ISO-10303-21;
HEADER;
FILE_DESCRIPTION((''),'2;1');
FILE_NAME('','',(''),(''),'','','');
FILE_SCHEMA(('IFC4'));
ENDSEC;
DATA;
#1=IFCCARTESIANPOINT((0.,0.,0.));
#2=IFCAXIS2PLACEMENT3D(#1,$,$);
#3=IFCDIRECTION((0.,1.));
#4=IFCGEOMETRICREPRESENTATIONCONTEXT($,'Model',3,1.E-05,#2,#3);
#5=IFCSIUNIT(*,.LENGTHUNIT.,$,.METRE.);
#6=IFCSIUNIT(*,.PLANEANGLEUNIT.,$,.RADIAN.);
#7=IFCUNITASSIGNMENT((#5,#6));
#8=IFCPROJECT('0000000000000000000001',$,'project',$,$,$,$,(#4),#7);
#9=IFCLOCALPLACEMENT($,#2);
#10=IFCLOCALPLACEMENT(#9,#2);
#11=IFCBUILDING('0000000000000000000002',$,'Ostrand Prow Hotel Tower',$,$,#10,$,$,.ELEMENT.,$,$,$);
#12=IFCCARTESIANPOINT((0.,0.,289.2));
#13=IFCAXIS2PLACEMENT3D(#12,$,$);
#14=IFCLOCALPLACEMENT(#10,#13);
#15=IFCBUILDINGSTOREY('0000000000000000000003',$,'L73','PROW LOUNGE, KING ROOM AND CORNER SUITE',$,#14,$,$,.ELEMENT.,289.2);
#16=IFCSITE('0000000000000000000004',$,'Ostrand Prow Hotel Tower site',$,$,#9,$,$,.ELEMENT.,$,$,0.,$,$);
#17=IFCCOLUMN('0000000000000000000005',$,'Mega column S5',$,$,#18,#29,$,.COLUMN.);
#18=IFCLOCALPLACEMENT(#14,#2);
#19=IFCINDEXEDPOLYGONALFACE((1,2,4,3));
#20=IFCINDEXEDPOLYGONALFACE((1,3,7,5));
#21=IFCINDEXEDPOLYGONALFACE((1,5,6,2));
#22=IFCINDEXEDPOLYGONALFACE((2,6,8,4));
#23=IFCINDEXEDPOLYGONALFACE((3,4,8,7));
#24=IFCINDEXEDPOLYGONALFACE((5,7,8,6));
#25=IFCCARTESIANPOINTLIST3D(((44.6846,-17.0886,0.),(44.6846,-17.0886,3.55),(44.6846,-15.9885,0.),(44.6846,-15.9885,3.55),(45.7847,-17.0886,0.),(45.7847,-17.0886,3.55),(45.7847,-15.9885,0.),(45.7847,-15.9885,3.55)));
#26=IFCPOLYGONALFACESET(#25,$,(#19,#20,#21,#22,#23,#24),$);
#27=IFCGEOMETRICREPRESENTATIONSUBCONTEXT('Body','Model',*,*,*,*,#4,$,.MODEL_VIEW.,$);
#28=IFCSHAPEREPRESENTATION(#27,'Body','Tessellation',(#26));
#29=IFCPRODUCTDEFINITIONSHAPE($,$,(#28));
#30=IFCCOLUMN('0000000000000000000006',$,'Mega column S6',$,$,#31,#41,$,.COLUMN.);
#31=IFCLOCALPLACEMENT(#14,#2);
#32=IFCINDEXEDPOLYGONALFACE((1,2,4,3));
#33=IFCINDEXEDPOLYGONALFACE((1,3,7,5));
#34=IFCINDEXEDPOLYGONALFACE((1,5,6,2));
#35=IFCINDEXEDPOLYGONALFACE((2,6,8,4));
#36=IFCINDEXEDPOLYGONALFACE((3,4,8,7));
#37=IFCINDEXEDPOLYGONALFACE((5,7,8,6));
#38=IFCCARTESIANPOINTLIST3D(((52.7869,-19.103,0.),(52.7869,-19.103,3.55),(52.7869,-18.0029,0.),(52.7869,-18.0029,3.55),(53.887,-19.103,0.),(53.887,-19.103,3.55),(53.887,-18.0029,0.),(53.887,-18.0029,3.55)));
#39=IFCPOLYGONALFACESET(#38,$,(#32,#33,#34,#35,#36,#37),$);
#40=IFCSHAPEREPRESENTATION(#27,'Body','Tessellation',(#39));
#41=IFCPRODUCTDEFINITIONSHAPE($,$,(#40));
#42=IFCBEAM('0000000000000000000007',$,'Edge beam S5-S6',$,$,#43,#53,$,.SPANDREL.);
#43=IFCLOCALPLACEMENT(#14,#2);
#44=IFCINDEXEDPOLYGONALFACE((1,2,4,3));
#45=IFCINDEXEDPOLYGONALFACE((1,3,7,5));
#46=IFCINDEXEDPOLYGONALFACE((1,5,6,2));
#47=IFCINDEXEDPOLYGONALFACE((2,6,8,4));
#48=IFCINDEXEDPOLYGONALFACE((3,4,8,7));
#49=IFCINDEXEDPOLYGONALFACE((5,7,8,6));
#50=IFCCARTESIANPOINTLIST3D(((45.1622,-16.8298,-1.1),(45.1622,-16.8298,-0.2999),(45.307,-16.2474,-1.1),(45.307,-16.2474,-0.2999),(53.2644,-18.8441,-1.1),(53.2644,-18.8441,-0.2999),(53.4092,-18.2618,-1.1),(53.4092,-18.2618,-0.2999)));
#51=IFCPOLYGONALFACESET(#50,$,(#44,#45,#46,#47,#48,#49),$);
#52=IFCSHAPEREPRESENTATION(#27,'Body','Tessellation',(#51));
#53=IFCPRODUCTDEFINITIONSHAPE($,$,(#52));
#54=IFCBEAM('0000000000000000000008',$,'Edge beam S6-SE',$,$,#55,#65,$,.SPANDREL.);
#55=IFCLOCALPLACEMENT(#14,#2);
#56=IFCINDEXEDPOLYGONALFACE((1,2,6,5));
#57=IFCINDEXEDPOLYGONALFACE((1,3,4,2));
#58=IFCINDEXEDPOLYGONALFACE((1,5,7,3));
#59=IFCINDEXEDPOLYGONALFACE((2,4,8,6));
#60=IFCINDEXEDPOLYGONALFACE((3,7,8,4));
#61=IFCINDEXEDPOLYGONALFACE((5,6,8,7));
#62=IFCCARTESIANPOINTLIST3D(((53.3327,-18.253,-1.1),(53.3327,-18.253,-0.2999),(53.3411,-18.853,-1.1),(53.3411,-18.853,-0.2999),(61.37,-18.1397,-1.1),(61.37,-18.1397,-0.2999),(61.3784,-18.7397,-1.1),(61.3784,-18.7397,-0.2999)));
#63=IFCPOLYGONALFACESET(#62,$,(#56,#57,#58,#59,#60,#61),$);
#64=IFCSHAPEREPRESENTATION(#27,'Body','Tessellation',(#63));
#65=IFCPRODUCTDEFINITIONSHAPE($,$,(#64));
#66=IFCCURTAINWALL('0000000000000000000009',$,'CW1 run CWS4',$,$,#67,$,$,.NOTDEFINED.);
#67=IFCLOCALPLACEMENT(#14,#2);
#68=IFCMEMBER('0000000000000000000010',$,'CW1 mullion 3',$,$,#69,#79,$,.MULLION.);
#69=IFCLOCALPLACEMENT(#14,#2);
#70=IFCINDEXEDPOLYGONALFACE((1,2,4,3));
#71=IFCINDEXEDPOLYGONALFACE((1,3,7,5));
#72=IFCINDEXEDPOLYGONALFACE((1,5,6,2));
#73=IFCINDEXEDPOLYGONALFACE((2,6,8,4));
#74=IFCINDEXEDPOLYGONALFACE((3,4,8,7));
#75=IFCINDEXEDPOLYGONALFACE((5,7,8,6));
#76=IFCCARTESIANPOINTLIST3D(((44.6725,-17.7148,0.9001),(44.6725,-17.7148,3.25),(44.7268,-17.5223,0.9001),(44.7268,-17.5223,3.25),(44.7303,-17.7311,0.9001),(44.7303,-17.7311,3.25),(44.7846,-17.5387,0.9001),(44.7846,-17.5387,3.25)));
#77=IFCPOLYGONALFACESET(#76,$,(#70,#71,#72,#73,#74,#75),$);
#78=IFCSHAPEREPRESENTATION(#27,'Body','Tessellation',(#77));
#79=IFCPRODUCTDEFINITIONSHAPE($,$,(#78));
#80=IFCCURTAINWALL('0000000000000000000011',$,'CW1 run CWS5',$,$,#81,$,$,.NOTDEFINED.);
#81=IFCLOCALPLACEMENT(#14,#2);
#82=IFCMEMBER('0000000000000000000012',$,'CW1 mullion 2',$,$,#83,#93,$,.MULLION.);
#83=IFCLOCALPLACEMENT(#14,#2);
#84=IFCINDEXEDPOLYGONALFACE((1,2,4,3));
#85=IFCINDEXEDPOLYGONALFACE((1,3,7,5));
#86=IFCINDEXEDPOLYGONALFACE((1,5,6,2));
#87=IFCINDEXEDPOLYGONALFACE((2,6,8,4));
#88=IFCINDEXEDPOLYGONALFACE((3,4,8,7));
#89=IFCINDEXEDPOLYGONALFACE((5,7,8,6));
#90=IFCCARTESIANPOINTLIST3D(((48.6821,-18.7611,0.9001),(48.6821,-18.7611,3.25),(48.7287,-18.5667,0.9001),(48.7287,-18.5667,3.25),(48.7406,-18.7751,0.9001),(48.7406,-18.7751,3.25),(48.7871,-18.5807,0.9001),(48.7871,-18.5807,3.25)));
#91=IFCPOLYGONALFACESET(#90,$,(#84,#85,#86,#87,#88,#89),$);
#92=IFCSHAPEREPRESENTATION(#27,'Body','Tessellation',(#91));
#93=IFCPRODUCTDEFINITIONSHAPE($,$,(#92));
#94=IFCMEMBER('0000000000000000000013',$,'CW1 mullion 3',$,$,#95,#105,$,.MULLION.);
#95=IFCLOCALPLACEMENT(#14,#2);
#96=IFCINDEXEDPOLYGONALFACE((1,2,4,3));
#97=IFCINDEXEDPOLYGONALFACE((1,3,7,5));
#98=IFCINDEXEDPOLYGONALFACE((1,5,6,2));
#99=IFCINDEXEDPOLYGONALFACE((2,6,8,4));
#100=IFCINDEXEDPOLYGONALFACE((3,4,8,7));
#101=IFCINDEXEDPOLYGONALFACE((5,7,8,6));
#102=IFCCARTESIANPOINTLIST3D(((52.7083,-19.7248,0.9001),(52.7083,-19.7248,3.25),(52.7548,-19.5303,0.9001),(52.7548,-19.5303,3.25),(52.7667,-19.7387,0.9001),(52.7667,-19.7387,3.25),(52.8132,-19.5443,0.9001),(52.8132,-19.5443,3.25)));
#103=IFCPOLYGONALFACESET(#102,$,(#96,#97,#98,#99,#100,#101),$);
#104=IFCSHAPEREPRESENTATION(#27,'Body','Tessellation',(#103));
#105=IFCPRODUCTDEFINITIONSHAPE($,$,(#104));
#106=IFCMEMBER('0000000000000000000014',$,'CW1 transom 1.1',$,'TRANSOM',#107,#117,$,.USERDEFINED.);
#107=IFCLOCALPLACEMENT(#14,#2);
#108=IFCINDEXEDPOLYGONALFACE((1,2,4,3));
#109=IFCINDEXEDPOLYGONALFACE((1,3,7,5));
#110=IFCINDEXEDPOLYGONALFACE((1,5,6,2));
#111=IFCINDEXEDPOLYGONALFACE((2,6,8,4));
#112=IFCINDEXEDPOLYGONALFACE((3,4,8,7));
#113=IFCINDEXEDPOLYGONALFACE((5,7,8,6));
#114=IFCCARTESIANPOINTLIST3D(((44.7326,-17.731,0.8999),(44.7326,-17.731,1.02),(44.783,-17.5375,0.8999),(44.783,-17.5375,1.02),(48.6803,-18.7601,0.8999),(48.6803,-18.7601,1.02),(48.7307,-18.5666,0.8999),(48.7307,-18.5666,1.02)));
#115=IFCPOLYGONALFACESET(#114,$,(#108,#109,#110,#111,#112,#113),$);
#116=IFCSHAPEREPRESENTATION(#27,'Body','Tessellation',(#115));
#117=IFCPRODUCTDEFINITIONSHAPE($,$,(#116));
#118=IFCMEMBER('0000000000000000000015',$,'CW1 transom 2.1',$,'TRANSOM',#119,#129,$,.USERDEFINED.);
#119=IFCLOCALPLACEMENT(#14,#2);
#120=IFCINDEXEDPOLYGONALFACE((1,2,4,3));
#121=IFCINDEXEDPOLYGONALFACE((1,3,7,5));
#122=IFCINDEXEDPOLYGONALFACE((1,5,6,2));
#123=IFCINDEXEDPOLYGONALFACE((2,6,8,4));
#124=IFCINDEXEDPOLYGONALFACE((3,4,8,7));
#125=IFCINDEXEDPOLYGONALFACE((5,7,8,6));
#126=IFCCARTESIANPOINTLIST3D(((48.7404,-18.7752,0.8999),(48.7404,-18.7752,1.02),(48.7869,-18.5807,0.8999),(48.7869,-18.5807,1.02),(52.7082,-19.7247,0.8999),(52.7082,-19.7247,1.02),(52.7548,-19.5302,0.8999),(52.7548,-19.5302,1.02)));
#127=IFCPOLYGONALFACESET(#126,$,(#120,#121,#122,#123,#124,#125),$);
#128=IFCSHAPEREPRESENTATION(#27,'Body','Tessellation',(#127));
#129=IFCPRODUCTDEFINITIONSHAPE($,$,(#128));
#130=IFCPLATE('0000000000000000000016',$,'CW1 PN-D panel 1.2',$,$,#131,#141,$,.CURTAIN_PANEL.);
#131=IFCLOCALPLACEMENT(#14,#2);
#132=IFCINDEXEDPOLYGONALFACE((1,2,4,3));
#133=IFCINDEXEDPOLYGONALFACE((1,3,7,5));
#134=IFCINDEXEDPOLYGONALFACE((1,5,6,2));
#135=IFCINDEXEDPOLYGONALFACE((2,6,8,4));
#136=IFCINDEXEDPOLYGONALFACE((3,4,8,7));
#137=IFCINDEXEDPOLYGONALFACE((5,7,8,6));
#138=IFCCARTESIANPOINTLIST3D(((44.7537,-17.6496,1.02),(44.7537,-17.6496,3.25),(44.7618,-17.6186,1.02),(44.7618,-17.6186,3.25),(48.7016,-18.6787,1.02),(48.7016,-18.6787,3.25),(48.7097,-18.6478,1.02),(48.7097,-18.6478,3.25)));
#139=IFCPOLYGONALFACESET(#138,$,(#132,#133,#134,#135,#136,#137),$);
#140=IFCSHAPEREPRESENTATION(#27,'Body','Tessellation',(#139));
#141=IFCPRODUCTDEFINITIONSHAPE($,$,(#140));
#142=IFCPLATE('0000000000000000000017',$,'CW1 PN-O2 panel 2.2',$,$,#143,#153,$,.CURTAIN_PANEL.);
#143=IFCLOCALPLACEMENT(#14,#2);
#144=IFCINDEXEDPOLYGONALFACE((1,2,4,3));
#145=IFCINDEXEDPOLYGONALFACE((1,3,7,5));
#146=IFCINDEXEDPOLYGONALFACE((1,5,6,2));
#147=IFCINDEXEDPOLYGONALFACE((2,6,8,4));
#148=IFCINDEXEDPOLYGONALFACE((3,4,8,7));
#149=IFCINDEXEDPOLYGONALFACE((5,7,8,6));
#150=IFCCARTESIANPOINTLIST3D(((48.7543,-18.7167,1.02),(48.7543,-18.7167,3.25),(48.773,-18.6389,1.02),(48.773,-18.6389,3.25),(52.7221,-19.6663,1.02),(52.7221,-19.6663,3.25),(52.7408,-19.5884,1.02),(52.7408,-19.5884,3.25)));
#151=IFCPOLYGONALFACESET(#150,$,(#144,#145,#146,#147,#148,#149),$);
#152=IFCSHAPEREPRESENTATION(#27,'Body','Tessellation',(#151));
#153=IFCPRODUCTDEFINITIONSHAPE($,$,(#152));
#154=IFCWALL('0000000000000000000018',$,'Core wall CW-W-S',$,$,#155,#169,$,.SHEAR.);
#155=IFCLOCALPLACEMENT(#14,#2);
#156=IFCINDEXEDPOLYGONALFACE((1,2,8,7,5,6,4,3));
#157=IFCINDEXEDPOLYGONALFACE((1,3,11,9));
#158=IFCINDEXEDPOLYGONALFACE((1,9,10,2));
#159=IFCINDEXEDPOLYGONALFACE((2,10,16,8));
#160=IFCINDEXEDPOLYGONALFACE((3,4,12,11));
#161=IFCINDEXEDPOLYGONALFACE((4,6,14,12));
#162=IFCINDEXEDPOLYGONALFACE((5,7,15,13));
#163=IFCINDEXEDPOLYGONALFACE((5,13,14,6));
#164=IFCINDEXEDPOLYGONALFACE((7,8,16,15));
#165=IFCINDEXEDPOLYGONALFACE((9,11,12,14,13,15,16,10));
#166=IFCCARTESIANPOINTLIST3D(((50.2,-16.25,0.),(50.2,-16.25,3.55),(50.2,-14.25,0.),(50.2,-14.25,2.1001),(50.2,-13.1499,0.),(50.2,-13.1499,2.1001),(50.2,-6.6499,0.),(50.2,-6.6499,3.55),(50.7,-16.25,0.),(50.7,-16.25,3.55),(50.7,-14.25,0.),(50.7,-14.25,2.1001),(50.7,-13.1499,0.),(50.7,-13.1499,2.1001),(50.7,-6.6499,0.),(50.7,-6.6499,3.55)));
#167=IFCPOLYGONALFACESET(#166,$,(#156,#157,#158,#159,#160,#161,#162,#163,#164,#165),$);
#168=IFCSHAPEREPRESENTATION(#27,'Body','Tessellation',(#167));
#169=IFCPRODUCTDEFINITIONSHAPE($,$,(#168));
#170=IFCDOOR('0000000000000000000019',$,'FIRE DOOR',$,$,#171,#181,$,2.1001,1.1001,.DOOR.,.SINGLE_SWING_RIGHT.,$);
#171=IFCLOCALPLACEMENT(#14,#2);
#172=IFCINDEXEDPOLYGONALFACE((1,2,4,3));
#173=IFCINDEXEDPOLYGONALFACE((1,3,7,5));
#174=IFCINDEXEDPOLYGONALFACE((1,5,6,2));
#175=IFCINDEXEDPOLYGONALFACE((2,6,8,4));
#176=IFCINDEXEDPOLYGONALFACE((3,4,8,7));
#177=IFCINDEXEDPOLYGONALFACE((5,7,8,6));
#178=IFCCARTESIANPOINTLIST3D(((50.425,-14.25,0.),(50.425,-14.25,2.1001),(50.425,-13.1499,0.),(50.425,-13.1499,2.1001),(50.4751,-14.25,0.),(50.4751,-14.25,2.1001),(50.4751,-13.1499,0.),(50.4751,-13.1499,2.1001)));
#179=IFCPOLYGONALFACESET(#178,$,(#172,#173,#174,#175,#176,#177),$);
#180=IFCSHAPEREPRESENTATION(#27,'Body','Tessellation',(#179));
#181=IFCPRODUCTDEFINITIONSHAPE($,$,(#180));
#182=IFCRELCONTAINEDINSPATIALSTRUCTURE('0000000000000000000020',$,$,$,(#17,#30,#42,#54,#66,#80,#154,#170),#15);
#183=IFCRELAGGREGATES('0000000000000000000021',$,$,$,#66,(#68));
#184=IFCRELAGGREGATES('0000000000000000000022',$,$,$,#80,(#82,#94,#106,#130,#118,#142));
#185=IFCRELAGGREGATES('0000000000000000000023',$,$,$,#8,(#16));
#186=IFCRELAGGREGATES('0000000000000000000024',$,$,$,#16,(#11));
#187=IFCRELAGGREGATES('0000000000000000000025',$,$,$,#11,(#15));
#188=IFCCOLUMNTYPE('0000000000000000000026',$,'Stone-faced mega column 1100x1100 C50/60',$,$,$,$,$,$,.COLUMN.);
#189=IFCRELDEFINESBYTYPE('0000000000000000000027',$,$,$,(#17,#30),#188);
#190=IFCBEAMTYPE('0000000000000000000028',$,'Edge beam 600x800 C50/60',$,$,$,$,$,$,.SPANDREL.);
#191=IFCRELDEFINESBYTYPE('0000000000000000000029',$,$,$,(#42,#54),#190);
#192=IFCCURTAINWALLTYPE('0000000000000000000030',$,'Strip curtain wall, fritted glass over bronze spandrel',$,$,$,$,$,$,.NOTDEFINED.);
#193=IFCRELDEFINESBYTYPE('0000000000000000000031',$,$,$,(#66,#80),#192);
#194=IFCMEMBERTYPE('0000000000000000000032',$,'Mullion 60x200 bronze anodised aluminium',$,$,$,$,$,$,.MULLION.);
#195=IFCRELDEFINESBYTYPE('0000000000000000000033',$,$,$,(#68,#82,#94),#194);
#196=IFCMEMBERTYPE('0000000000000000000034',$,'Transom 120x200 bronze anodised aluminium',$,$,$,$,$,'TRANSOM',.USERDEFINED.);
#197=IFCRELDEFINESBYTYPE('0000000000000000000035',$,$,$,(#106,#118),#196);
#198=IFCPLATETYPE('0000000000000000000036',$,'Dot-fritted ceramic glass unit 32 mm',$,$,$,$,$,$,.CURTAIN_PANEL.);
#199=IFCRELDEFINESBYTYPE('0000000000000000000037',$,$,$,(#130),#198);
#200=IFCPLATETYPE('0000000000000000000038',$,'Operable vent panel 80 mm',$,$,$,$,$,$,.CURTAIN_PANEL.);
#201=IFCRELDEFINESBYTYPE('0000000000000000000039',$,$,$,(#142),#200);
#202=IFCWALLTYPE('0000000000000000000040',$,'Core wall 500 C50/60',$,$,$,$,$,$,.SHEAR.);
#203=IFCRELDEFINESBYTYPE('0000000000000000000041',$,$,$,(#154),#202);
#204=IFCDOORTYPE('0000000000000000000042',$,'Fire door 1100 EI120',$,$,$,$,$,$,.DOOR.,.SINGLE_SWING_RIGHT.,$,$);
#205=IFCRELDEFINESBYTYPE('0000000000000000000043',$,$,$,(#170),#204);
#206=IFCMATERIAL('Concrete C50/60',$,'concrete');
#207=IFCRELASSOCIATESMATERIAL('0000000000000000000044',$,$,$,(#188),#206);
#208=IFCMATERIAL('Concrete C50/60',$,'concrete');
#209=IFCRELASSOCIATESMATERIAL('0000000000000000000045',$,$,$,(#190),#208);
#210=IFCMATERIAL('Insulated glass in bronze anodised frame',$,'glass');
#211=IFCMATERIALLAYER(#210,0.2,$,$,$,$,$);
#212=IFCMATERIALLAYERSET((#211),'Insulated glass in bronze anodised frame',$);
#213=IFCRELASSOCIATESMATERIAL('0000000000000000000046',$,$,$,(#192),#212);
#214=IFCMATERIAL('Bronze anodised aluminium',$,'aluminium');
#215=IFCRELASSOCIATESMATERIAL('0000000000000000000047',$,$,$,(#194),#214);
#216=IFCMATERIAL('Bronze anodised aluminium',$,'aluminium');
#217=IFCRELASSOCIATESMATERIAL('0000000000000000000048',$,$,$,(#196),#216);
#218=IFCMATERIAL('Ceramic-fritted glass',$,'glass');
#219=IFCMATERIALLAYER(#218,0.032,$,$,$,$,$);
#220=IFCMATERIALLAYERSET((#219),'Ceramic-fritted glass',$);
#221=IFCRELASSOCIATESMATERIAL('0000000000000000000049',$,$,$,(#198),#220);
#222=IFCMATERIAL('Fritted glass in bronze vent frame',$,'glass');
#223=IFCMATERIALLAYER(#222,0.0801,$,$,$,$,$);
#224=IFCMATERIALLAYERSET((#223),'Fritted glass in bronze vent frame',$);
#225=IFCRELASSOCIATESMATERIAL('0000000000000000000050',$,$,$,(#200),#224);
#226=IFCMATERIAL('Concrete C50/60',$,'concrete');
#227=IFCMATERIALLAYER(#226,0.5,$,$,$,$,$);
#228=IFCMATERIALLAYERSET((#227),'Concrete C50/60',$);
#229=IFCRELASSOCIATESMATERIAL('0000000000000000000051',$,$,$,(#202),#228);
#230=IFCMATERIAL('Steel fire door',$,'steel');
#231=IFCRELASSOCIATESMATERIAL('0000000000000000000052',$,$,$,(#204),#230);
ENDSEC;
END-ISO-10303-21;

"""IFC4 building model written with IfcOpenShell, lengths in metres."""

from ifc_helpers import new_model, si_unit, direction, frame, frame_2d, origin, origin_2d, place, context, subcontext, project, spatial, rectangle, extrude, material, layer, layer_set, material_profile, profile_set, type_object, element, fill, aggregate, save


model = new_model("IFC4")

# Units and contexts
model_context = context("Model", 3, precision=1e-05, world=origin(), true_north=direction((0.0, 1.0)))
body_context = subcontext(model_context, "Body", "Model", "MODEL_VIEW")
ifc_project = project(units=[si_unit("LENGTHUNIT", "METRE"), si_unit("PLANEANGLEUNIT", "RADIAN")], contexts=[model_context])

# Site, building, storey
site_placement = place(None, origin())
site = spatial("IfcSite", under=ifc_project, at=site_placement, Name="Ostrand Prow Hotel Tower site", CompositionType="ELEMENT", RefElevation=0.0)
building_placement = place(site_placement, origin())
building = spatial("IfcBuilding", under=site, at=building_placement, Name="Ostrand Prow Hotel Tower", CompositionType="ELEMENT")
storey_placement = place(building_placement, frame((0.0, 0.0, 289.2)))
storey = spatial("IfcBuildingStorey", under=building, at=storey_placement, Name="L73", Description="PROW LOUNGE, KING ROOM AND CORNER SUITE", CompositionType="ELEMENT", Elevation=289.2)

# Columns
ifc_material_1 = material(Name="Concrete C50/60", Category="concrete")
ifc_material_profile_1 = material_profile(ifc_material_1, rectangle(XDim=1.1001, YDim=1.1001, at=origin_2d()), Name="RC 1100x1100")
ifc_profile_set_1 = profile_set([ifc_material_profile_1], Name="Concrete C50/60")
column_type = type_object("IfcColumnType", Name="Stone-faced mega column 1100x1100 C50/60", PredefinedType="COLUMN", material=ifc_profile_set_1)
for number, where, z_axis, x_axis, name in (
    (1, (45.2346, -16.5386, 0.0), (0.0, 0.0, 1.0), (1.0, 0.0, 0.0), "Mega column S5"),
    (2, (53.3369, -18.553, 0.0), (0.0, 0.0, 1.0), (1.0, 0.0, 0.0), "Mega column S6"),
):
    element("IfcColumn", number, at=place(storey_placement, frame(where, z_axis=z_axis, x_axis=x_axis)), inside=storey, type_object=column_type, Name=name, PredefinedType="COLUMN", context=body_context, shape_type="SweptSolid", body=[
        extrude(rectangle(XDim=1.1001, YDim=1.1001, at=origin_2d()), origin(), (0.0, 0.0, 1.0), 3.55),
    ])

# Beams
ifc_material_2 = material(Name="Concrete C50/60", Category="concrete")
ifc_material_profile_2 = material_profile(ifc_material_2, rectangle(XDim=0.6001, YDim=0.8, at=origin_2d()), Name="RC 600x800")
ifc_profile_set_2 = profile_set([ifc_material_profile_2], Name="Concrete C50/60")
beam_type = type_object("IfcBeamType", Name="Edge beam 600x800 C50/60", PredefinedType="SPANDREL", material=ifc_profile_set_2)
beam_1_placement = place(storey_placement, frame((45.2346, -16.5386, -0.7), z_axis=(0.970456, -0.241276, 0.0), x_axis=(0.241276, 0.970456, 0.0)))
element("IfcBeam", 3, at=beam_1_placement, inside=storey, type_object=beam_type, Name="Edge beam S5-S6", PredefinedType="SPANDREL", context=body_context, shape_type="SweptSolid", body=[
    extrude(rectangle(XDim=0.6001, YDim=0.8, at=origin_2d()), origin(), (0.0, 0.0, 1.0), 8.3489),
])
beam_2_placement = place(storey_placement, frame((53.3369, -18.553, -0.7), z_axis=(0.999901, 0.014093, 0.0), x_axis=(-0.014093, 0.999901, 0.0)))
element("IfcBeam", 4, at=beam_2_placement, inside=storey, type_object=beam_type, Name="Edge beam S6-SE", PredefinedType="SPANDREL", context=body_context, shape_type="SweptSolid", body=[
    extrude(rectangle(XDim=0.6001, YDim=0.8, at=origin_2d()), origin(), (0.0, 0.0, 1.0), 8.0381),
])

# Curtain wall, member
ifc_material_3 = material(Name="Insulated glass in bronze anodised frame", Category="glass")
ifc_layer_1 = layer(ifc_material_3, 0.2)
ifc_layer_set_1 = layer_set([ifc_layer_1], Name="Insulated glass in bronze anodised frame")
curtain_wall_type = type_object("IfcCurtainWallType", Name="Strip curtain wall, fritted glass over bronze spandrel", PredefinedType="NOTDEFINED", material=ifc_layer_set_1)
curtain_wall_1_placement = place(storey_placement, origin())
curtain_wall_1 = element("IfcCurtainWall", 5, at=curtain_wall_1_placement, inside=storey, type_object=curtain_wall_type, Name="CW1 run CWS4", PredefinedType="NOTDEFINED")
ifc_material_4 = material(Name="Bronze anodised aluminium", Category="aluminium")
ifc_material_profile_3 = material_profile(ifc_material_4, rectangle(XDim=0.2, YDim=0.0601, at=origin_2d()), Name="Mullion 60x200 bronze anodised aluminium")
ifc_profile_set_3 = profile_set([ifc_material_profile_3], Name="Bronze anodised aluminium")
member_type_1 = type_object("IfcMemberType", Name="Mullion 60x200 bronze anodised aluminium", PredefinedType="MULLION", material=ifc_profile_set_3)
member_1_placement = place(storey_placement, frame((44.7285, -17.6267, 0.9001), z_axis=(0.0, 0.0, 1.0), x_axis=(0.271649, 0.962396, 0.0)))
member_1 = element("IfcMember", 6, at=member_1_placement, type_object=member_type_1, Name="CW1 mullion 3", PredefinedType="MULLION", context=body_context, shape_type="SweptSolid", body=[
    extrude(rectangle(XDim=0.2, YDim=0.0601, at=origin_2d()), origin(), (0.0, 0.0, 1.0), 2.3499),
])
aggregate(curtain_wall_1, [member_1])

# Curtain wall, members, plates
curtain_wall_2_placement = place(storey_placement, origin())
curtain_wall_2 = element("IfcCurtainWall", 7, at=curtain_wall_2_placement, inside=storey, type_object=curtain_wall_type, Name="CW1 run CWS5", PredefinedType="NOTDEFINED")
member_2_placement = place(storey_placement, frame((48.7346, -18.6709, 0.9001), z_axis=(0.0, 0.0, 1.0), x_axis=(0.232746, 0.972538, 0.0)))
member_2 = element("IfcMember", 8, at=member_2_placement, type_object=member_type_1, Name="CW1 mullion 2", PredefinedType="MULLION", context=body_context, shape_type="SweptSolid", body=[
    extrude(rectangle(XDim=0.2, YDim=0.0601, at=origin_2d()), origin(), (0.0, 0.0, 1.0), 2.3499),
])
member_3_placement = place(storey_placement, frame((52.7607, -19.6345, 0.9001), z_axis=(0.0, 0.0, 1.0), x_axis=(0.232746, 0.972538, 0.0)))
member_3 = element("IfcMember", 9, at=member_3_placement, type_object=member_type_1, Name="CW1 mullion 3", PredefinedType="MULLION", context=body_context, shape_type="SweptSolid", body=[
    extrude(rectangle(XDim=0.2, YDim=0.0601, at=origin_2d()), origin(), (0.0, 0.0, 1.0), 2.3499),
])
ifc_material_5 = material(Name="Bronze anodised aluminium", Category="aluminium")
ifc_material_profile_4 = material_profile(ifc_material_5, rectangle(XDim=0.2, YDim=0.1201, at=origin_2d()), Name="Transom 120x200 bronze anodised aluminium")
ifc_profile_set_4 = profile_set([ifc_material_profile_4], Name="Bronze anodised aluminium")
member_type_2 = type_object("IfcMemberType", Name="Transom 120x200 bronze anodised aluminium", ElementType="TRANSOM", PredefinedType="USERDEFINED", material=ifc_profile_set_4)
member_4_placement = place(storey_placement, frame((44.7578, -17.6343, 0.96), z_axis=(0.967665, -0.252239, 0.0), x_axis=(0.252239, 0.967665, 0.0)))
member_4 = element("IfcMember", 10, at=member_4_placement, type_object=member_type_2, Name="CW1 transom 1.1", ObjectType="TRANSOM", PredefinedType="USERDEFINED", context=body_context, shape_type="SweptSolid", body=[
    extrude(rectangle(XDim=0.2, YDim=0.1201, at=origin_2d()), origin(), (0.0, 0.0, 1.0), 4.0796),
])
member_5_placement = place(storey_placement, frame((48.7637, -18.678, 0.96), z_axis=(0.972543, -0.232723, 0.0), x_axis=(0.232723, 0.972543, 0.0)))
member_5 = element("IfcMember", 11, at=member_5_placement, type_object=member_type_2, Name="CW1 transom 2.1", ObjectType="TRANSOM", PredefinedType="USERDEFINED", context=body_context, shape_type="SweptSolid", body=[
    extrude(rectangle(XDim=0.2, YDim=0.1201, at=origin_2d()), origin(), (0.0, 0.0, 1.0), 4.0798),
])
ifc_material_6 = material(Name="Ceramic-fritted glass", Category="glass")
ifc_layer_2 = layer(ifc_material_6, 0.032)
ifc_layer_set_2 = layer_set([ifc_layer_2], Name="Ceramic-fritted glass")
plate_type_1 = type_object("IfcPlateType", Name="Dot-fritted ceramic glass unit 32 mm", PredefinedType="CURTAIN_PANEL", material=ifc_layer_set_2)
plate_1_placement = place(storey_placement, frame((46.7317, -18.1487, 1.02), z_axis=(0.0, 0.0, 1.0), x_axis=(0.967663, -0.252248, 0.0)))
plate_1 = element("IfcPlate", 12, at=plate_1_placement, type_object=plate_type_1, Name="CW1 PN-D panel 1.2", PredefinedType="CURTAIN_PANEL", context=body_context, shape_type="SweptSolid", body=[
    extrude(rectangle(XDim=4.0798, YDim=0.032, at=origin_2d()), origin(), (0.0, 0.0, 1.0), 2.23),
])
ifc_material_7 = material(Name="Fritted glass in bronze vent frame", Category="glass")
ifc_layer_3 = layer(ifc_material_7, 0.0801)
ifc_layer_set_3 = layer_set([ifc_layer_3], Name="Fritted glass in bronze vent frame")
plate_type_2 = type_object("IfcPlateType", Name="Operable vent panel 80 mm", PredefinedType="CURTAIN_PANEL", material=ifc_layer_set_3)
plate_2_placement = place(storey_placement, frame((50.7476, -19.1526, 1.02), z_axis=(0.0, 0.0, 1.0), x_axis=(0.972538, -0.232746, 0.0)))
plate_2 = element("IfcPlate", 13, at=plate_2_placement, type_object=plate_type_2, Name="CW1 PN-O2 panel 2.2", PredefinedType="CURTAIN_PANEL", context=body_context, shape_type="SweptSolid", body=[
    extrude(rectangle(XDim=4.0798, YDim=0.0801, at=origin_2d()), origin(), (0.0, 0.0, 1.0), 2.23),
])
aggregate(curtain_wall_2, [member_2, member_3, member_4, plate_1, member_5, plate_2])

# Wall, opening, door
ifc_material_8 = material(Name="Concrete C50/60", Category="concrete")
ifc_layer_4 = layer(ifc_material_8, 0.5)
ifc_layer_set_4 = layer_set([ifc_layer_4], Name="Concrete C50/60")
wall_type_1 = type_object("IfcWallType", Name="Core wall 500 C50/60", PredefinedType="SHEAR", material=ifc_layer_set_4)
wall_1_placement = place(storey_placement, frame((50.45, -16.25, 0.0), z_axis=(0.0, 0.0, 1.0), x_axis=(0.0, 1.0, 0.0)))
wall_1 = element("IfcWall", 14, at=wall_1_placement, inside=storey, type_object=wall_type_1, Name="Core wall CW-W-S", PredefinedType="SHEAR", context=body_context, shape_type="SweptSolid", body=[
    extrude(rectangle(XDim=9.6001, YDim=0.5, at=frame_2d((4.8, 0.0))), origin(), (0.0, 0.0, 1.0), 3.55),
])
opening_placement = place(wall_1_placement, frame((2.0, 0.0, 0.0)))
opening = element("IfcOpeningElement", 15, at=opening_placement, cuts=wall_1, PredefinedType="OPENING", context=body_context, shape_type="SweptSolid", body=[
    extrude(rectangle(XDim=1.1001, YDim=2.1001, at=frame_2d((0.55, 1.05))), frame((0.0, 0.26, 0.0), z_axis=(0.0, -1.0, 0.0), x_axis=(1.0, 0.0, 0.0)), (0.0, 0.0, 1.0), 0.52),
])
ifc_material_9 = material(Name="Steel fire door", Category="steel")
door_type = type_object("IfcDoorType", Name="Fire door 1100 EI120", OperationType="SINGLE_SWING_RIGHT", PredefinedType="DOOR", material=ifc_material_9)
door_placement = place(opening_placement, origin())
door = element("IfcDoor", 16, at=door_placement, inside=storey, type_object=door_type, Name="FIRE DOOR", OperationType="SINGLE_SWING_RIGHT", OverallHeight=2.1001, OverallWidth=1.1001, PredefinedType="DOOR", context=body_context, shape_type="SweptSolid", body=[
    extrude(rectangle(XDim=1.1001, YDim=2.1001, at=frame_2d((0.55, 1.05))), frame((0.0, 0.0249, 0.0), z_axis=(0.0, -1.0, 0.0), x_axis=(1.0, 0.0, 0.0)), (0.0, 0.0, 1.0), 0.05),
])
fill(opening, door)

save(model, "model.ifc")
